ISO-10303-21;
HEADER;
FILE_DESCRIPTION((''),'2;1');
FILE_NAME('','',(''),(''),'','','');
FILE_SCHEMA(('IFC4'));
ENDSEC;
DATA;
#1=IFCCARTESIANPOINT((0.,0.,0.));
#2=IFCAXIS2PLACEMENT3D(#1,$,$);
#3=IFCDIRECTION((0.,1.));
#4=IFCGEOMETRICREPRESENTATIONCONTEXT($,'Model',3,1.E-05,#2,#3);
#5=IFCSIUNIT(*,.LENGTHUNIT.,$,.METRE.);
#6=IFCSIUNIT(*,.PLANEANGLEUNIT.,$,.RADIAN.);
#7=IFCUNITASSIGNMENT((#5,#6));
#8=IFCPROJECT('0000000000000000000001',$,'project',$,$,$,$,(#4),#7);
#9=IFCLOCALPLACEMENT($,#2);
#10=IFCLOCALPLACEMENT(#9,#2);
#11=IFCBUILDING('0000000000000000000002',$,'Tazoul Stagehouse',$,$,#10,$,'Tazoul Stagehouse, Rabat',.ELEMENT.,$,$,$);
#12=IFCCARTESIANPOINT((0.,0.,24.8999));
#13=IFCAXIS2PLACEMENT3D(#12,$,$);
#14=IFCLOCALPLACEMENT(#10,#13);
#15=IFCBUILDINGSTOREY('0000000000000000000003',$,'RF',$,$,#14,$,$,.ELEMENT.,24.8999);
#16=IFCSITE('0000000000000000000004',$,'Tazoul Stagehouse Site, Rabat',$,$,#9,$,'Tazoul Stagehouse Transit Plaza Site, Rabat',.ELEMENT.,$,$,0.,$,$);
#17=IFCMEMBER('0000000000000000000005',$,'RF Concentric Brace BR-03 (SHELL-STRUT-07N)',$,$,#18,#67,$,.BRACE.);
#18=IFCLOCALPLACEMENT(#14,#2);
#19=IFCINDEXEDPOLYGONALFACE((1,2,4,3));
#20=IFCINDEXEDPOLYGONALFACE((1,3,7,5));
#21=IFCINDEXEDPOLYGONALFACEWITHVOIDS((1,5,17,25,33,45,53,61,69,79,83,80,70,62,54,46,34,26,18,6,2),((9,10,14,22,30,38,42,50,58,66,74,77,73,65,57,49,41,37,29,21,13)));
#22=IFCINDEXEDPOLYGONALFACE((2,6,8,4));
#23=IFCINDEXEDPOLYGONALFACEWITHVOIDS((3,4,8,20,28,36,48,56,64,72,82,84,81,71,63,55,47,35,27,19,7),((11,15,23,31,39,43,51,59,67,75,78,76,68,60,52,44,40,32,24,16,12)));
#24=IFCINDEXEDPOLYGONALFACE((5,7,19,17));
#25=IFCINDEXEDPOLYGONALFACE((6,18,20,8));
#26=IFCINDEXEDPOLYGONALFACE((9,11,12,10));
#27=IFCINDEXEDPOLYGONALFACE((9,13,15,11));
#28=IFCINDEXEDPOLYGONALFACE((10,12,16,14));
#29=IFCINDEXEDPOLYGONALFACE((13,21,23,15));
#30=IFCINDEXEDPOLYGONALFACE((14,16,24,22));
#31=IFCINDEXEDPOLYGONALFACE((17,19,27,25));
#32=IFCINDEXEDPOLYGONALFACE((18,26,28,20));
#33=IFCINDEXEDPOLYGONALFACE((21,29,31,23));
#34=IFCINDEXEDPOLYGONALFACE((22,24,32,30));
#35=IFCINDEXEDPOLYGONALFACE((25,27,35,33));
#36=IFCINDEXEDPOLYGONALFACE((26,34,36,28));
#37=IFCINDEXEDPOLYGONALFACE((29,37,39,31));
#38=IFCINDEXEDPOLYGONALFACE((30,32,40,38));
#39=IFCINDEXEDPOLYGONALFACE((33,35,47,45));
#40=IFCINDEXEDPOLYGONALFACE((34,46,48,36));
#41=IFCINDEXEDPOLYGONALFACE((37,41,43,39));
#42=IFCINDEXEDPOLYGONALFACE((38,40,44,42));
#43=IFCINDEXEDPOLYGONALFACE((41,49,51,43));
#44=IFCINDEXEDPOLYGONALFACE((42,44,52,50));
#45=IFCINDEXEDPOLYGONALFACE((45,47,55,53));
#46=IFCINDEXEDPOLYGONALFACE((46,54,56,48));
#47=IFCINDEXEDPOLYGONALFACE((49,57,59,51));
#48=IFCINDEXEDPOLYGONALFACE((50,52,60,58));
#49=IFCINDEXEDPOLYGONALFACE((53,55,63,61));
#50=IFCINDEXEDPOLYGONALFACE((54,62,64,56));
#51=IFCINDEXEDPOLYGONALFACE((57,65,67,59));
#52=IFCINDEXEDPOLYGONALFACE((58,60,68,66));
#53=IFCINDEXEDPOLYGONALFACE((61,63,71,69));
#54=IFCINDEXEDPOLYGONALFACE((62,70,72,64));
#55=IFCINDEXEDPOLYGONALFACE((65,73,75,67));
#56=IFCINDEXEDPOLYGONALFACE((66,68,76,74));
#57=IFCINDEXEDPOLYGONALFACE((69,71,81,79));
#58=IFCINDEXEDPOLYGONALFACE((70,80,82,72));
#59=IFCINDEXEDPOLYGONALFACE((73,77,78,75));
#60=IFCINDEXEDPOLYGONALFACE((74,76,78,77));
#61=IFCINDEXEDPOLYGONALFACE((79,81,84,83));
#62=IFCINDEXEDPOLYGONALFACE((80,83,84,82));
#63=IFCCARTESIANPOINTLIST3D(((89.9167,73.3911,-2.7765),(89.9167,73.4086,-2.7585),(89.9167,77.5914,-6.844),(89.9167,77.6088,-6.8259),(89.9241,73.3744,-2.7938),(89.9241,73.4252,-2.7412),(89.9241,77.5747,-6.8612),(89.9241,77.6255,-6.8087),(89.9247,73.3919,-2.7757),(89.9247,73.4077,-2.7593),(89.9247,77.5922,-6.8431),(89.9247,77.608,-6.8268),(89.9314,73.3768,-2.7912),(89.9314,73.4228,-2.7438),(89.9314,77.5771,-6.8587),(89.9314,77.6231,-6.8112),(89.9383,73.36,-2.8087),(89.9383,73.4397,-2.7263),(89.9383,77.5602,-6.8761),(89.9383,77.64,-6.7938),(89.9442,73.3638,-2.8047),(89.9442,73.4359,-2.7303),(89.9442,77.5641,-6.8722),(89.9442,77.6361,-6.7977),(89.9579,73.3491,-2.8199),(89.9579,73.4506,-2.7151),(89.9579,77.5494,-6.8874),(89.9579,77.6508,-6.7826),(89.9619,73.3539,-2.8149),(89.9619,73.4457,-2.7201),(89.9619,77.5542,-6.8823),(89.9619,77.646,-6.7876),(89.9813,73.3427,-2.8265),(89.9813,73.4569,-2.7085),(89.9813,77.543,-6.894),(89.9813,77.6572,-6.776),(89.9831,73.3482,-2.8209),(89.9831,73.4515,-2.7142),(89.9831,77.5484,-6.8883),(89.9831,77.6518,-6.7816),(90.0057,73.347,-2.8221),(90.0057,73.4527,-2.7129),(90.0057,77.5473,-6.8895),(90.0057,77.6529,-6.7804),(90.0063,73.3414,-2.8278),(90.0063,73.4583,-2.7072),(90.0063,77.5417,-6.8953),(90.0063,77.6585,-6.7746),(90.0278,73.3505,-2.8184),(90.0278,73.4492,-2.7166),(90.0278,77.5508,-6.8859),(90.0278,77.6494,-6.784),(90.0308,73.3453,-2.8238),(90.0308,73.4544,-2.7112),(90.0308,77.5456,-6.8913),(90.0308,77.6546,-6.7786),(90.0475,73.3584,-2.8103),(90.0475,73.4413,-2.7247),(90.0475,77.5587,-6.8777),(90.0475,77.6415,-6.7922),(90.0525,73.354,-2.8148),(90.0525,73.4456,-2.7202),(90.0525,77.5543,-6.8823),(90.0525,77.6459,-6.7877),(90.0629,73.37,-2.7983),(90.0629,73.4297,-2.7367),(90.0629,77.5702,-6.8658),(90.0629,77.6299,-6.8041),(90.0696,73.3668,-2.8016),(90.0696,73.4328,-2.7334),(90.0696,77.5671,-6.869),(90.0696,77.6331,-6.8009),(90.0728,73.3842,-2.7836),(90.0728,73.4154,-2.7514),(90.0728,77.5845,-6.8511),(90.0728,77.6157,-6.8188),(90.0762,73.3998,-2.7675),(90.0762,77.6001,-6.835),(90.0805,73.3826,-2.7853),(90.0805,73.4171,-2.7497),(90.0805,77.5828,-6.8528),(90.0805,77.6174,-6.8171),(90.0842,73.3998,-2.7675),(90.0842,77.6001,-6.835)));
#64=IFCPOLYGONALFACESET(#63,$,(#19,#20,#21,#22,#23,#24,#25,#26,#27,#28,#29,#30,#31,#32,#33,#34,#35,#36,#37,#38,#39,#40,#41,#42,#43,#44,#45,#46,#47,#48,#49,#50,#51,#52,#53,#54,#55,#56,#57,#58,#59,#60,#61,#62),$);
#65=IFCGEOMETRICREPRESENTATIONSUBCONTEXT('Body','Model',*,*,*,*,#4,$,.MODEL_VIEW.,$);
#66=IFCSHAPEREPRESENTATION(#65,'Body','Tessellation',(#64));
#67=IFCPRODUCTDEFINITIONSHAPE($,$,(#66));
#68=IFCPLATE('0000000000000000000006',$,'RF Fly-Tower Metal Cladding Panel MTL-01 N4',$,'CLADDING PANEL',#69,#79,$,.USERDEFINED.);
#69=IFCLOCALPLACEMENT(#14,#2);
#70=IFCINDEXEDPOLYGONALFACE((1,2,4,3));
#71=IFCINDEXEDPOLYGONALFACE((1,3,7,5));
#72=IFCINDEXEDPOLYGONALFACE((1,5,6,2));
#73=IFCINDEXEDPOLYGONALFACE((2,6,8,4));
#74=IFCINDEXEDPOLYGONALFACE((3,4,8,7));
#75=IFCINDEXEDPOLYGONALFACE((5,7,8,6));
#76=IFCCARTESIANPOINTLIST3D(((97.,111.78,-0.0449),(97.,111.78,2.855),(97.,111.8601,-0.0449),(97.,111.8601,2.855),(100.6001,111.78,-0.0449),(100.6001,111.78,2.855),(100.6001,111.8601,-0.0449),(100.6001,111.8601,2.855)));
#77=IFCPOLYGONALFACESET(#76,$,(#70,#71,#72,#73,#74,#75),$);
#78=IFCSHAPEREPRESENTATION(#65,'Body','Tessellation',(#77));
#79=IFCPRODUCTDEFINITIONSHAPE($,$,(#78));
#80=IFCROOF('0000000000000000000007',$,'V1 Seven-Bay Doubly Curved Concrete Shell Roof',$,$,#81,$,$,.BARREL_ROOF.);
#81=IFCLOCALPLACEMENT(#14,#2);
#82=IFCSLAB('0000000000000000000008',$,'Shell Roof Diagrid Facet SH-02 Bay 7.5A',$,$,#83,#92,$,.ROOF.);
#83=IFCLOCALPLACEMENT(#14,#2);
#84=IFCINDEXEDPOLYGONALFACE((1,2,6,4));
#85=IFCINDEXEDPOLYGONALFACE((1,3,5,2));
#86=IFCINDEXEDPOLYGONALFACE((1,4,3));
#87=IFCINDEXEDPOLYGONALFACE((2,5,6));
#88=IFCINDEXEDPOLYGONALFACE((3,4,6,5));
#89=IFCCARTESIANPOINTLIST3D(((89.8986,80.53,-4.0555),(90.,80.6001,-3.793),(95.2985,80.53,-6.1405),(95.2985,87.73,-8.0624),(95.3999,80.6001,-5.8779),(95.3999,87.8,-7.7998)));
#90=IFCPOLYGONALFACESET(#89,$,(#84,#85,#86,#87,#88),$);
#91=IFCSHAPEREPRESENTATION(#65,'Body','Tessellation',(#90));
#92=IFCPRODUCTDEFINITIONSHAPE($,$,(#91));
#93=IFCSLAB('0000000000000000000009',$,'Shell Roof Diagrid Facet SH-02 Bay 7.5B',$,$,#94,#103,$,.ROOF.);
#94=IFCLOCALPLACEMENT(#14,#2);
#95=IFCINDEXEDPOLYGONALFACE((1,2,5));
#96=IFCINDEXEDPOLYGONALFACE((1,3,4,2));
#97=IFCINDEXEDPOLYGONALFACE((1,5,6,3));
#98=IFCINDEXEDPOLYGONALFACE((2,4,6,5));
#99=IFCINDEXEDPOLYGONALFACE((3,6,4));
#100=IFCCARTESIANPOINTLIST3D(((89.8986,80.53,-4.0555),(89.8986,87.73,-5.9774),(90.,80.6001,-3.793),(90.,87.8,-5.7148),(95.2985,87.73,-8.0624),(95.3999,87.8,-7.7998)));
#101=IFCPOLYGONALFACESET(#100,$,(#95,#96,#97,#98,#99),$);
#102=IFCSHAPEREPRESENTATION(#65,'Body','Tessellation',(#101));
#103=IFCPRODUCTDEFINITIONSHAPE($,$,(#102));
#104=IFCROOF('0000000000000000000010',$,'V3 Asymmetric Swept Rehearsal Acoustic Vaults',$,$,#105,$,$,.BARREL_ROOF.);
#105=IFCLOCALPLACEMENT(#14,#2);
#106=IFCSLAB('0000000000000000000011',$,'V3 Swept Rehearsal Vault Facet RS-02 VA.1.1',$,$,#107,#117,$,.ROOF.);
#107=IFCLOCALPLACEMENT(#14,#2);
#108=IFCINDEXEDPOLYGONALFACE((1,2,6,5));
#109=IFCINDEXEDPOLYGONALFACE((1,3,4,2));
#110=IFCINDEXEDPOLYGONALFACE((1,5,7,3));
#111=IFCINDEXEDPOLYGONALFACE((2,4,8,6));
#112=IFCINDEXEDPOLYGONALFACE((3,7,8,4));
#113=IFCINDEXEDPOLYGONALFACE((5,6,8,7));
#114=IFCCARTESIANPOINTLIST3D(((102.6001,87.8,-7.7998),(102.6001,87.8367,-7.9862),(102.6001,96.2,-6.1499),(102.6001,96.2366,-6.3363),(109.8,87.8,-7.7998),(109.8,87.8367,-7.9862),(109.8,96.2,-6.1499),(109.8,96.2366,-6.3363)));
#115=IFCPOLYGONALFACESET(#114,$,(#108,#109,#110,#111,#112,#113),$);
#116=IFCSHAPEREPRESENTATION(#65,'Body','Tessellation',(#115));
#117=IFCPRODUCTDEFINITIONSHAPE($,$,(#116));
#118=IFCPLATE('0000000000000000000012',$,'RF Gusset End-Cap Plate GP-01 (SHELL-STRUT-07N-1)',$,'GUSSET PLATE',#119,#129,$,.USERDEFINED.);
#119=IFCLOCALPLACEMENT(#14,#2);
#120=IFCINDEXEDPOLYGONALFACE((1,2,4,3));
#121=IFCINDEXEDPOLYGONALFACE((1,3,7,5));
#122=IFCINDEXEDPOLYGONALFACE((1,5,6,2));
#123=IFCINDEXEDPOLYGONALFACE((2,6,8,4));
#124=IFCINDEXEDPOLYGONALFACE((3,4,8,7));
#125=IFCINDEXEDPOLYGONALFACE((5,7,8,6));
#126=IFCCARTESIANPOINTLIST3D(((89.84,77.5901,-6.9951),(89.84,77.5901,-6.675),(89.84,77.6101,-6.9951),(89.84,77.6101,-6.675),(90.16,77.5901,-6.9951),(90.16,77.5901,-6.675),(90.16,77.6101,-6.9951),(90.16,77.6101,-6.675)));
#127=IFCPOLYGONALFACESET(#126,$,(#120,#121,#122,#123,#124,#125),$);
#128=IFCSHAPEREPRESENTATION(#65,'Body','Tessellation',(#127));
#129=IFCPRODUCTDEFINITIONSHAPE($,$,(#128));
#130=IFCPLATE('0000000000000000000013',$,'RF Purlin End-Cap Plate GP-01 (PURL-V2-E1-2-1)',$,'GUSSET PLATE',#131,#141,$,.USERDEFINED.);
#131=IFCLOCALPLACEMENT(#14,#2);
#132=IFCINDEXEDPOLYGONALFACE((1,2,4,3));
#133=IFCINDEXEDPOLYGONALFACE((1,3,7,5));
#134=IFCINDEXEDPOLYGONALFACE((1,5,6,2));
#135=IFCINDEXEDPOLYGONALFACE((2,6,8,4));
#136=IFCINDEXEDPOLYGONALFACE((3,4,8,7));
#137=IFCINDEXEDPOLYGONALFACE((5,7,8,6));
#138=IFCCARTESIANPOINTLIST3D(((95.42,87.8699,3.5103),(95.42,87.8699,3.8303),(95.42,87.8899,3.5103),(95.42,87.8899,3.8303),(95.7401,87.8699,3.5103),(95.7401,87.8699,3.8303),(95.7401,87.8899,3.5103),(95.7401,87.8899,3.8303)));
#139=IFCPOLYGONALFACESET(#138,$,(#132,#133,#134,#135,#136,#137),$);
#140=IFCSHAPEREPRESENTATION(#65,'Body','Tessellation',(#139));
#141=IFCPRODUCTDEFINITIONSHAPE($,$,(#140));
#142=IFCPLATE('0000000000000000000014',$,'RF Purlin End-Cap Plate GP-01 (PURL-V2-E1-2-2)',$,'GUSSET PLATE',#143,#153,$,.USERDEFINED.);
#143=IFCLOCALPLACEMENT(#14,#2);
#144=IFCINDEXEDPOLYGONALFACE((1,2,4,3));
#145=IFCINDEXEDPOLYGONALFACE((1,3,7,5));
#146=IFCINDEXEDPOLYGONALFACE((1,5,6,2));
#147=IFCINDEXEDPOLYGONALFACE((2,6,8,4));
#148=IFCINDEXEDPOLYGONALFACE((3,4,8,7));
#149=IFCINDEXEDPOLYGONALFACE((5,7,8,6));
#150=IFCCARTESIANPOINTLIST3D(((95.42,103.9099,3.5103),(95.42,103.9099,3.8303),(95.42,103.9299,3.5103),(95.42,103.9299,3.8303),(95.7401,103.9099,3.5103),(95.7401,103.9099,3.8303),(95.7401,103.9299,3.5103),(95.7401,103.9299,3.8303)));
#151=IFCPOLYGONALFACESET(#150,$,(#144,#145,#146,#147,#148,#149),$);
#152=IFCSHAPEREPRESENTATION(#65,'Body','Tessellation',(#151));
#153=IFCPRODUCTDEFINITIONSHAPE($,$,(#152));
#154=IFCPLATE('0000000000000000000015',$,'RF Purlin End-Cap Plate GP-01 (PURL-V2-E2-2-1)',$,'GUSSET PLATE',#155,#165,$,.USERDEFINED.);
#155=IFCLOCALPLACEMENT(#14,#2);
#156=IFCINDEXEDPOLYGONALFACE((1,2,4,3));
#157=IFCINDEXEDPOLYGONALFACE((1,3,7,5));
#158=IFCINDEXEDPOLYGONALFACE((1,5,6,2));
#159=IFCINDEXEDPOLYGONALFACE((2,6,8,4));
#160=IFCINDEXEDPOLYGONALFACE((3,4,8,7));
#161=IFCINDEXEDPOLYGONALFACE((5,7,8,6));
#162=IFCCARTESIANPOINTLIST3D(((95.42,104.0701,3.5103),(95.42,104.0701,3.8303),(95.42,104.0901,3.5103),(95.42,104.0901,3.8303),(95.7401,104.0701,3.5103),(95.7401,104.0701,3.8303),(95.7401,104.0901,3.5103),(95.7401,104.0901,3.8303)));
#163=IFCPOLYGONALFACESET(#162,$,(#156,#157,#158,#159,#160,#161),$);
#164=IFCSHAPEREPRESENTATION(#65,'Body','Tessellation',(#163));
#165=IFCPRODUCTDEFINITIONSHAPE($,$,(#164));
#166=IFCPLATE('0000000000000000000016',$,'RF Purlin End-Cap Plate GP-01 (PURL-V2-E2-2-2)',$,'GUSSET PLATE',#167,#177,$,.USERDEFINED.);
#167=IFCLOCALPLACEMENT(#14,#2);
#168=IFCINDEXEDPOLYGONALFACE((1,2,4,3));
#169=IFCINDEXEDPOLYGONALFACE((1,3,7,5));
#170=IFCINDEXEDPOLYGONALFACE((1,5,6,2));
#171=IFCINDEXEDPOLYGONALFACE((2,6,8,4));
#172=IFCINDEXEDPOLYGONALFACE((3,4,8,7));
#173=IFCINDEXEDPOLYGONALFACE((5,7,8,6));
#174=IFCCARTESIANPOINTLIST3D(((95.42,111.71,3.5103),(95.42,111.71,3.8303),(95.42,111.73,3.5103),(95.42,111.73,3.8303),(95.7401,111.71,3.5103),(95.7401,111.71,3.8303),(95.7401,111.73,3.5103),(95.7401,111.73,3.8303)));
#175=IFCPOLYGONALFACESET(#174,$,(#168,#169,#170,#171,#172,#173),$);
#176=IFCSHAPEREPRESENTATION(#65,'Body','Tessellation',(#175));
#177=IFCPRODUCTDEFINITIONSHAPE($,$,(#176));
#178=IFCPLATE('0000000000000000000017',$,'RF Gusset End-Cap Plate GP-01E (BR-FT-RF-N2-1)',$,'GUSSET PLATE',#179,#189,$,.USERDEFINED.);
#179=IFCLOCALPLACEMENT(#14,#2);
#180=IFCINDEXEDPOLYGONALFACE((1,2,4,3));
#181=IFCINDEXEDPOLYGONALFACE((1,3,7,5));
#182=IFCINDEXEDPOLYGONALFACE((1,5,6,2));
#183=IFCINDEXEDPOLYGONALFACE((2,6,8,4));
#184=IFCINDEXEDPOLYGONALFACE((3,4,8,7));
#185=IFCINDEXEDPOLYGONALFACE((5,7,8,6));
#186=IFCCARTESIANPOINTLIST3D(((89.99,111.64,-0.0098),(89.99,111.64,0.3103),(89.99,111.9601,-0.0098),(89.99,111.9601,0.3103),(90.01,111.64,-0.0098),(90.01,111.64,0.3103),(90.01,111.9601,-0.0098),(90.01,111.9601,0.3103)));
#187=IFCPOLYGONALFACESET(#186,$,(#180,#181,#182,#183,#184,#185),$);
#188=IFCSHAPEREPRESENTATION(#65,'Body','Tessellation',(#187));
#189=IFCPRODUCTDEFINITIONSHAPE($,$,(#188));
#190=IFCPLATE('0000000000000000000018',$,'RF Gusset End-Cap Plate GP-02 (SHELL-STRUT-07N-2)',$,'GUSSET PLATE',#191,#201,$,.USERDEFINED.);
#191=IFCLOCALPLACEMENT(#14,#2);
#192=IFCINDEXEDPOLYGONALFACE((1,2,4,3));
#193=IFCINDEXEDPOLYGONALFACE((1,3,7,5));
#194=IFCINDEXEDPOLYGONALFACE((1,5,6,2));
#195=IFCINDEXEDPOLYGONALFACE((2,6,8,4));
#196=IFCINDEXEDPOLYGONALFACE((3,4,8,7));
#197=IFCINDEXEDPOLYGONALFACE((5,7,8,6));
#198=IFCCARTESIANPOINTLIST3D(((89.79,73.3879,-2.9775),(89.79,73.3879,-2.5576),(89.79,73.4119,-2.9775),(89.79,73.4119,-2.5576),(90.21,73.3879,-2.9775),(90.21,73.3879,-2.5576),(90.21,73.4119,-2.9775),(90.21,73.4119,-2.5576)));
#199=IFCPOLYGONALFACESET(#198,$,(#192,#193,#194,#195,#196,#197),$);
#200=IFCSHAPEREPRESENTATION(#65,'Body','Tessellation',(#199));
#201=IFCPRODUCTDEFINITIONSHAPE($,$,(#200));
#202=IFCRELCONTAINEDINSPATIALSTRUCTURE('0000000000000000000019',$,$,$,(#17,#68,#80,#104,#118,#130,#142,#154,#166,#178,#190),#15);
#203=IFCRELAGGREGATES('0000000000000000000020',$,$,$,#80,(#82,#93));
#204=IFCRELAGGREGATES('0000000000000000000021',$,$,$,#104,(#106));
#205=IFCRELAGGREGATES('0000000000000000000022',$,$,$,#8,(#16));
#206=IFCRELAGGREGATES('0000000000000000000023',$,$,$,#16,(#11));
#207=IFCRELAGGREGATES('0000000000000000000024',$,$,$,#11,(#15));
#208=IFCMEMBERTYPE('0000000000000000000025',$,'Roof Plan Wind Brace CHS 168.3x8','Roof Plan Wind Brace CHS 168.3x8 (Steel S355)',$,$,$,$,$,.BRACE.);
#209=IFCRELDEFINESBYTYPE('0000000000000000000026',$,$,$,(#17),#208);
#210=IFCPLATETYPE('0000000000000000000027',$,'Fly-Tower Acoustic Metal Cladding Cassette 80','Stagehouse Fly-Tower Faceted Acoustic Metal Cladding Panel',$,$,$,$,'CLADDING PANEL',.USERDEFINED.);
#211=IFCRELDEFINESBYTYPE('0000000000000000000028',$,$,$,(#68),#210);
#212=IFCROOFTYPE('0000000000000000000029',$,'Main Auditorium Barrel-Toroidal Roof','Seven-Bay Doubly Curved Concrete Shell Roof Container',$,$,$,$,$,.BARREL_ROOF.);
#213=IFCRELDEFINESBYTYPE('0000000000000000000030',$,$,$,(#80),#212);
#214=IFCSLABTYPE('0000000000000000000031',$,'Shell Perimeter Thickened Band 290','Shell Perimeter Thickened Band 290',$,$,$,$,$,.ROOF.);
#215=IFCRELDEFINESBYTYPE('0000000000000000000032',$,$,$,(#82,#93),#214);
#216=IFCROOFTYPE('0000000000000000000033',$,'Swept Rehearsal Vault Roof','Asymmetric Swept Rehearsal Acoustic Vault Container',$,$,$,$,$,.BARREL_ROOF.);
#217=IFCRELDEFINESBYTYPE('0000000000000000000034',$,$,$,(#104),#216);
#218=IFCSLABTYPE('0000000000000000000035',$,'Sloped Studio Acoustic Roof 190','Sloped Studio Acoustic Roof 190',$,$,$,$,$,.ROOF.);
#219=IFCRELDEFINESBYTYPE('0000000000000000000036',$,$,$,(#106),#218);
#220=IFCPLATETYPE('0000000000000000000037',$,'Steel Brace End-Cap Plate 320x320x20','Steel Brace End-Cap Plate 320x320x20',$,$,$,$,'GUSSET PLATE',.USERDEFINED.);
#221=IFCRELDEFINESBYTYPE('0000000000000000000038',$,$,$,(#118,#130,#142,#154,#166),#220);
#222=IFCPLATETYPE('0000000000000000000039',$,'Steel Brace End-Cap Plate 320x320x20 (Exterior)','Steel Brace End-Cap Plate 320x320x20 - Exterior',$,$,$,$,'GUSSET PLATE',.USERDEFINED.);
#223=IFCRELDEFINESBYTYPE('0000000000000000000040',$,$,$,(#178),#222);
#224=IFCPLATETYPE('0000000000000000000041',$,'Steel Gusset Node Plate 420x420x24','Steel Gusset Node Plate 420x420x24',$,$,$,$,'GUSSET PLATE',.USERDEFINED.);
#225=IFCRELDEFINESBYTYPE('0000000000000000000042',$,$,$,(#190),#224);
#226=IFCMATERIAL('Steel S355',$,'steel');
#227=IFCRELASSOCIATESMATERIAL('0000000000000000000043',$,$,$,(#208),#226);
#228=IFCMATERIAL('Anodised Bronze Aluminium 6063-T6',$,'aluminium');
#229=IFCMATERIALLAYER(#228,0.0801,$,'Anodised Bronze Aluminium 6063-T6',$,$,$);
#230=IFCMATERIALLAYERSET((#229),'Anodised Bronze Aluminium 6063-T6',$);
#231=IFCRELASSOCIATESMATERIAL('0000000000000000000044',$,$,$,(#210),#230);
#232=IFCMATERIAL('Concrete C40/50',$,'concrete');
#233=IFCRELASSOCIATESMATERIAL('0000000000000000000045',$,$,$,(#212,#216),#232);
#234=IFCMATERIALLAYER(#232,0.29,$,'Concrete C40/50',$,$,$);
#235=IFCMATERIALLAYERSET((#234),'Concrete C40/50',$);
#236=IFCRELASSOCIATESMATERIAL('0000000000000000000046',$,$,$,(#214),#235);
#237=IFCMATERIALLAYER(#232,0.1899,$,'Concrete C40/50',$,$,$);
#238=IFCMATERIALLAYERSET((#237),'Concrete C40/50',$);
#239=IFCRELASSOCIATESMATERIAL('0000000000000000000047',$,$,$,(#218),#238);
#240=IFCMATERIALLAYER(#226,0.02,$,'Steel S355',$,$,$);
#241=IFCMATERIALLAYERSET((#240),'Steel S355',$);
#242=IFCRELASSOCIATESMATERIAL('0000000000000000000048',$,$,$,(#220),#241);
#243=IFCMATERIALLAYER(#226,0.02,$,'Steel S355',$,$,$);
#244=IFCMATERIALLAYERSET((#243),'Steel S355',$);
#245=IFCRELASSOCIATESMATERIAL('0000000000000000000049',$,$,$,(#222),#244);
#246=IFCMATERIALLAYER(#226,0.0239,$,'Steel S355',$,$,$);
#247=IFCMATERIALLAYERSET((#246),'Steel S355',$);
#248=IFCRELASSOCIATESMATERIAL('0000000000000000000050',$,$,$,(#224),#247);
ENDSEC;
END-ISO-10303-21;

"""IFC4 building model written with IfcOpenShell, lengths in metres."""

from ifc_helpers import new_model, si_unit, direction, frame, origin, origin_2d, place, context, subcontext, project, spatial, polyline, rectangle, hollow_circle, outline, extrude, material, layer, layer_set, material_profile, profile_set, type_object, element, aggregate, save


model = new_model("IFC4")

# Units and contexts
model_context = context("Model", 3, precision=1e-05, world=origin(), true_north=direction((0.0, 1.0)))
body_context = subcontext(model_context, "Body", "Model", "MODEL_VIEW")
ifc_project = project(units=[si_unit("LENGTHUNIT", "METRE"), si_unit("PLANEANGLEUNIT", "RADIAN")], contexts=[model_context])

# Site, building, storey
site_placement = place(None, origin())
site = spatial("IfcSite", under=ifc_project, at=site_placement, Name="Tazoul Stagehouse Site, Rabat", LongName="Tazoul Stagehouse Transit Plaza Site, Rabat", CompositionType="ELEMENT", RefElevation=0.0)
building_placement = place(site_placement, origin())
building = spatial("IfcBuilding", under=site, at=building_placement, Name="Tazoul Stagehouse", LongName="Tazoul Stagehouse, Rabat", CompositionType="ELEMENT")
storey_placement = place(building_placement, frame((0.0, 0.0, 24.8999)))
storey = spatial("IfcBuildingStorey", under=building, at=storey_placement, Name="RF", CompositionType="ELEMENT", Elevation=24.8999)

# Shared definitions
ifc_material_1 = material(Name="Steel S355", Category="steel")

# Shared definitions
ifc_material_2 = material(Name="Concrete C40/50", Category="concrete")

# Member
ifc_material_profile_1 = material_profile(ifc_material_1, hollow_circle(Radius=0.0842, WallThickness=0.0081, at=origin_2d()), Name="CHS 168.3x8")
ifc_profile_set_1 = profile_set([ifc_material_profile_1], Name="Steel S355")
member_type_1 = type_object("IfcMemberType", Name="Roof Plan Wind Brace CHS 168.3x8", Description="Roof Plan Wind Brace CHS 168.3x8 (Steel S355)", PredefinedType="BRACE", material=ifc_profile_set_1)
member_1_placement = place(storey_placement, frame((90.0, 77.6001, -6.835), z_axis=(0.0, -0.718373, 0.695658), x_axis=(1.0, 0.0, 0.0)))
element("IfcMember", 1, at=member_1_placement, inside=storey, type_object=member_type_1, Name="RF Concentric Brace BR-03 (SHELL-STRUT-07N)", PredefinedType="BRACE", context=body_context, shape_type="SweptSolid", body=[
    extrude(hollow_circle(Radius=0.0842, WallThickness=0.0081, at=origin_2d()), origin(), (0.0, 0.0, 1.0), 5.8469),
])

# Plate
ifc_material_3 = material(Name="Anodised Bronze Aluminium 6063-T6", Category="aluminium")
ifc_layer_1 = layer(ifc_material_3, 0.0801, Name="Anodised Bronze Aluminium 6063-T6")
ifc_layer_set_1 = layer_set([ifc_layer_1], Name="Anodised Bronze Aluminium 6063-T6")
plate_type_1 = type_object("IfcPlateType", Name="Fly-Tower Acoustic Metal Cladding Cassette 80", Description="Stagehouse Fly-Tower Faceted Acoustic Metal Cladding Panel", ElementType="CLADDING PANEL", PredefinedType="USERDEFINED", material=ifc_layer_set_1)
plate_1_placement = place(storey_placement, frame((98.8, 111.8201, -0.0449), z_axis=(0.0, 0.0, 1.0), x_axis=(1.0, 0.0, 0.0)))
element("IfcPlate", 2, at=plate_1_placement, inside=storey, type_object=plate_type_1, Name="RF Fly-Tower Metal Cladding Panel MTL-01 N4", ObjectType="CLADDING PANEL", PredefinedType="USERDEFINED", context=body_context, shape_type="SweptSolid", body=[
    extrude(rectangle(XDim=3.6001, YDim=0.0801, at=origin_2d()), origin(), (0.0, 0.0, 1.0), 2.8999),
])

# Roof, slabs
roof_type_1 = type_object("IfcRoofType", Name="Main Auditorium Barrel-Toroidal Roof", Description="Seven-Bay Doubly Curved Concrete Shell Roof Container", PredefinedType="BARREL_ROOF", material=ifc_material_2)
roof_1_placement = place(storey_placement, origin())
roof_1 = element("IfcRoof", 3, at=roof_1_placement, inside=storey, type_object=roof_type_1, Name="V1 Seven-Bay Doubly Curved Concrete Shell Roof", PredefinedType="BARREL_ROOF")
ifc_layer_2 = layer(ifc_material_2, 0.29, Name="Concrete C40/50")
ifc_layer_set_2 = layer_set([ifc_layer_2], Name="Concrete C40/50")
slab_type_1 = type_object("IfcSlabType", Name="Shell Perimeter Thickened Band 290", Description="Shell Perimeter Thickened Band 290", PredefinedType="ROOF", material=ifc_layer_set_2)
slab_1_placement = place(storey_placement, frame((90.0, 80.6001, -3.793), z_axis=(0.349521, 0.241633, 0.905234), x_axis=(0.932877, 0.0, -0.360194)))
slab_1 = element("IfcSlab", 4, at=slab_1_placement, type_object=slab_type_1, Name="Shell Roof Diagrid Facet SH-02 Bay 7.5A", PredefinedType="ROOF", context=body_context, shape_type="SweptSolid", body=[
    extrude(outline(polyline([(0.0, 0.0), (5.7884, 0.0), (6.4807, 7.4198), (0.0, 0.0)])), origin(), (0.0, 0.0, -1.0), 0.29),
])
slab_2_placement = place(storey_placement, frame((90.0, 80.6001, -3.793), z_axis=(0.349521, 0.241633, 0.905234), x_axis=(0.548127, 0.730845, -0.406722)))
slab_2 = element("IfcSlab", 5, at=slab_2_placement, type_object=slab_type_1, Name="Shell Roof Diagrid Facet SH-02 Bay 7.5B", PredefinedType="ROOF", context=body_context, shape_type="SweptSolid", body=[
    extrude(outline(polyline([(0.0, 0.0), (9.8515, 0.0), (6.0437, 4.3596), (0.0, 0.0)])), origin(), (0.0, 0.0, -1.0), 0.29),
])
aggregate(roof_1, [slab_1, slab_2])

# Roof, slab
roof_type_2 = type_object("IfcRoofType", Name="Swept Rehearsal Vault Roof", Description="Asymmetric Swept Rehearsal Acoustic Vault Container", PredefinedType="BARREL_ROOF", material=ifc_material_2)
roof_2_placement = place(storey_placement, origin())
roof_2 = element("IfcRoof", 6, at=roof_2_placement, inside=storey, type_object=roof_type_2, Name="V3 Asymmetric Swept Rehearsal Acoustic Vaults", PredefinedType="BARREL_ROOF")
ifc_layer_3 = layer(ifc_material_2, 0.1899, Name="Concrete C40/50")
ifc_layer_set_3 = layer_set([ifc_layer_3], Name="Concrete C40/50")
slab_type_2 = type_object("IfcSlabType", Name="Sloped Studio Acoustic Roof 190", Description="Sloped Studio Acoustic Roof 190", PredefinedType="ROOF", material=ifc_layer_set_3)
slab_3_placement = place(storey_placement, frame((102.6001, 87.8, -7.7998), z_axis=(0.0, -0.192736, 0.981251), x_axis=(1.0, 0.0, 0.0)))
slab_3 = element("IfcSlab", 7, at=slab_3_placement, type_object=slab_type_2, Name="V3 Swept Rehearsal Vault Facet RS-02 VA.1.1", PredefinedType="ROOF", context=body_context, shape_type="SweptSolid", body=[
    extrude(outline(polyline([(0.0, 0.0), (7.2, 0.0), (7.2, 8.5604), (0.0, 8.5604), (0.0, 0.0)])), origin(), (0.0, 0.0, -1.0), 0.1899),
])
aggregate(roof_2, [slab_3])

# Plates
ifc_layer_4 = layer(ifc_material_1, 0.02, Name="Steel S355")
ifc_layer_set_4 = layer_set([ifc_layer_4], Name="Steel S355")
plate_type_2 = type_object("IfcPlateType", Name="Steel Brace End-Cap Plate 320x320x20", Description="Steel Brace End-Cap Plate 320x320x20", ElementType="GUSSET PLATE", PredefinedType="USERDEFINED", material=ifc_layer_set_4)
for number, where, z_axis, x_axis, name in (
    (8, (90.0, 77.6001, -6.9951), (0.0, 0.0, 1.0), (0.0, -1.0, 0.0), "RF Gusset End-Cap Plate GP-01 (SHELL-STRUT-07N-1)"),
    (9, (95.5801, 87.8799, 3.5103), (0.0, 0.0, 1.0), (0.0, 1.0, 0.0), "RF Purlin End-Cap Plate GP-01 (PURL-V2-E1-2-1)"),
    (10, (95.5801, 103.9199, 3.5103), (0.0, 0.0, 1.0), (0.0, 1.0, 0.0), "RF Purlin End-Cap Plate GP-01 (PURL-V2-E1-2-2)"),
    (11, (95.5801, 104.0801, 3.5103), (0.0, 0.0, 1.0), (0.0, 1.0, 0.0), "RF Purlin End-Cap Plate GP-01 (PURL-V2-E2-2-1)"),
    (12, (95.5801, 111.72, 3.5103), (0.0, 0.0, 1.0), (0.0, 1.0, 0.0), "RF Purlin End-Cap Plate GP-01 (PURL-V2-E2-2-2)"),
):
    element("IfcPlate", number, at=place(storey_placement, frame(where, z_axis=z_axis, x_axis=x_axis)), inside=storey, type_object=plate_type_2, Name=name, ObjectType="GUSSET PLATE", PredefinedType="USERDEFINED", context=body_context, shape_type="SweptSolid", body=[
        extrude(rectangle(XDim=0.02, YDim=0.3201, at=origin_2d()), origin(), (0.0, 0.0, 1.0), 0.3201),
    ])
ifc_layer_5 = layer(ifc_material_1, 0.02, Name="Steel S355")
ifc_layer_set_5 = layer_set([ifc_layer_5], Name="Steel S355")
plate_type_3 = type_object("IfcPlateType", Name="Steel Brace End-Cap Plate 320x320x20 (Exterior)", Description="Steel Brace End-Cap Plate 320x320x20 - Exterior", ElementType="GUSSET PLATE", PredefinedType="USERDEFINED", material=ifc_layer_set_5)
plate_2_placement = place(storey_placement, frame((90.0, 111.8, -0.0098), z_axis=(0.0, 0.0, 1.0), x_axis=(-1.0, 0.0, 0.0)))
element("IfcPlate", 13, at=plate_2_placement, inside=storey, type_object=plate_type_3, Name="RF Gusset End-Cap Plate GP-01E (BR-FT-RF-N2-1)", ObjectType="GUSSET PLATE", PredefinedType="USERDEFINED", context=body_context, shape_type="SweptSolid", body=[
    extrude(rectangle(XDim=0.02, YDim=0.3201, at=origin_2d()), origin(), (0.0, 0.0, 1.0), 0.3201),
])
ifc_layer_6 = layer(ifc_material_1, 0.0239, Name="Steel S355")
ifc_layer_set_6 = layer_set([ifc_layer_6], Name="Steel S355")
plate_type_4 = type_object("IfcPlateType", Name="Steel Gusset Node Plate 420x420x24", Description="Steel Gusset Node Plate 420x420x24", ElementType="GUSSET PLATE", PredefinedType="USERDEFINED", material=ifc_layer_set_6)
plate_3_placement = place(storey_placement, frame((90.0, 73.3999, -2.9775), z_axis=(0.0, 0.0, 1.0), x_axis=(0.0, -1.0, 0.0)))
element("IfcPlate", 14, at=plate_3_placement, inside=storey, type_object=plate_type_4, Name="RF Gusset End-Cap Plate GP-02 (SHELL-STRUT-07N-2)", ObjectType="GUSSET PLATE", PredefinedType="USERDEFINED", context=body_context, shape_type="SweptSolid", body=[
    extrude(rectangle(XDim=0.0239, YDim=0.4199, at=origin_2d()), origin(), (0.0, 0.0, 1.0), 0.4199),
])

save(model, "model.ifc")
